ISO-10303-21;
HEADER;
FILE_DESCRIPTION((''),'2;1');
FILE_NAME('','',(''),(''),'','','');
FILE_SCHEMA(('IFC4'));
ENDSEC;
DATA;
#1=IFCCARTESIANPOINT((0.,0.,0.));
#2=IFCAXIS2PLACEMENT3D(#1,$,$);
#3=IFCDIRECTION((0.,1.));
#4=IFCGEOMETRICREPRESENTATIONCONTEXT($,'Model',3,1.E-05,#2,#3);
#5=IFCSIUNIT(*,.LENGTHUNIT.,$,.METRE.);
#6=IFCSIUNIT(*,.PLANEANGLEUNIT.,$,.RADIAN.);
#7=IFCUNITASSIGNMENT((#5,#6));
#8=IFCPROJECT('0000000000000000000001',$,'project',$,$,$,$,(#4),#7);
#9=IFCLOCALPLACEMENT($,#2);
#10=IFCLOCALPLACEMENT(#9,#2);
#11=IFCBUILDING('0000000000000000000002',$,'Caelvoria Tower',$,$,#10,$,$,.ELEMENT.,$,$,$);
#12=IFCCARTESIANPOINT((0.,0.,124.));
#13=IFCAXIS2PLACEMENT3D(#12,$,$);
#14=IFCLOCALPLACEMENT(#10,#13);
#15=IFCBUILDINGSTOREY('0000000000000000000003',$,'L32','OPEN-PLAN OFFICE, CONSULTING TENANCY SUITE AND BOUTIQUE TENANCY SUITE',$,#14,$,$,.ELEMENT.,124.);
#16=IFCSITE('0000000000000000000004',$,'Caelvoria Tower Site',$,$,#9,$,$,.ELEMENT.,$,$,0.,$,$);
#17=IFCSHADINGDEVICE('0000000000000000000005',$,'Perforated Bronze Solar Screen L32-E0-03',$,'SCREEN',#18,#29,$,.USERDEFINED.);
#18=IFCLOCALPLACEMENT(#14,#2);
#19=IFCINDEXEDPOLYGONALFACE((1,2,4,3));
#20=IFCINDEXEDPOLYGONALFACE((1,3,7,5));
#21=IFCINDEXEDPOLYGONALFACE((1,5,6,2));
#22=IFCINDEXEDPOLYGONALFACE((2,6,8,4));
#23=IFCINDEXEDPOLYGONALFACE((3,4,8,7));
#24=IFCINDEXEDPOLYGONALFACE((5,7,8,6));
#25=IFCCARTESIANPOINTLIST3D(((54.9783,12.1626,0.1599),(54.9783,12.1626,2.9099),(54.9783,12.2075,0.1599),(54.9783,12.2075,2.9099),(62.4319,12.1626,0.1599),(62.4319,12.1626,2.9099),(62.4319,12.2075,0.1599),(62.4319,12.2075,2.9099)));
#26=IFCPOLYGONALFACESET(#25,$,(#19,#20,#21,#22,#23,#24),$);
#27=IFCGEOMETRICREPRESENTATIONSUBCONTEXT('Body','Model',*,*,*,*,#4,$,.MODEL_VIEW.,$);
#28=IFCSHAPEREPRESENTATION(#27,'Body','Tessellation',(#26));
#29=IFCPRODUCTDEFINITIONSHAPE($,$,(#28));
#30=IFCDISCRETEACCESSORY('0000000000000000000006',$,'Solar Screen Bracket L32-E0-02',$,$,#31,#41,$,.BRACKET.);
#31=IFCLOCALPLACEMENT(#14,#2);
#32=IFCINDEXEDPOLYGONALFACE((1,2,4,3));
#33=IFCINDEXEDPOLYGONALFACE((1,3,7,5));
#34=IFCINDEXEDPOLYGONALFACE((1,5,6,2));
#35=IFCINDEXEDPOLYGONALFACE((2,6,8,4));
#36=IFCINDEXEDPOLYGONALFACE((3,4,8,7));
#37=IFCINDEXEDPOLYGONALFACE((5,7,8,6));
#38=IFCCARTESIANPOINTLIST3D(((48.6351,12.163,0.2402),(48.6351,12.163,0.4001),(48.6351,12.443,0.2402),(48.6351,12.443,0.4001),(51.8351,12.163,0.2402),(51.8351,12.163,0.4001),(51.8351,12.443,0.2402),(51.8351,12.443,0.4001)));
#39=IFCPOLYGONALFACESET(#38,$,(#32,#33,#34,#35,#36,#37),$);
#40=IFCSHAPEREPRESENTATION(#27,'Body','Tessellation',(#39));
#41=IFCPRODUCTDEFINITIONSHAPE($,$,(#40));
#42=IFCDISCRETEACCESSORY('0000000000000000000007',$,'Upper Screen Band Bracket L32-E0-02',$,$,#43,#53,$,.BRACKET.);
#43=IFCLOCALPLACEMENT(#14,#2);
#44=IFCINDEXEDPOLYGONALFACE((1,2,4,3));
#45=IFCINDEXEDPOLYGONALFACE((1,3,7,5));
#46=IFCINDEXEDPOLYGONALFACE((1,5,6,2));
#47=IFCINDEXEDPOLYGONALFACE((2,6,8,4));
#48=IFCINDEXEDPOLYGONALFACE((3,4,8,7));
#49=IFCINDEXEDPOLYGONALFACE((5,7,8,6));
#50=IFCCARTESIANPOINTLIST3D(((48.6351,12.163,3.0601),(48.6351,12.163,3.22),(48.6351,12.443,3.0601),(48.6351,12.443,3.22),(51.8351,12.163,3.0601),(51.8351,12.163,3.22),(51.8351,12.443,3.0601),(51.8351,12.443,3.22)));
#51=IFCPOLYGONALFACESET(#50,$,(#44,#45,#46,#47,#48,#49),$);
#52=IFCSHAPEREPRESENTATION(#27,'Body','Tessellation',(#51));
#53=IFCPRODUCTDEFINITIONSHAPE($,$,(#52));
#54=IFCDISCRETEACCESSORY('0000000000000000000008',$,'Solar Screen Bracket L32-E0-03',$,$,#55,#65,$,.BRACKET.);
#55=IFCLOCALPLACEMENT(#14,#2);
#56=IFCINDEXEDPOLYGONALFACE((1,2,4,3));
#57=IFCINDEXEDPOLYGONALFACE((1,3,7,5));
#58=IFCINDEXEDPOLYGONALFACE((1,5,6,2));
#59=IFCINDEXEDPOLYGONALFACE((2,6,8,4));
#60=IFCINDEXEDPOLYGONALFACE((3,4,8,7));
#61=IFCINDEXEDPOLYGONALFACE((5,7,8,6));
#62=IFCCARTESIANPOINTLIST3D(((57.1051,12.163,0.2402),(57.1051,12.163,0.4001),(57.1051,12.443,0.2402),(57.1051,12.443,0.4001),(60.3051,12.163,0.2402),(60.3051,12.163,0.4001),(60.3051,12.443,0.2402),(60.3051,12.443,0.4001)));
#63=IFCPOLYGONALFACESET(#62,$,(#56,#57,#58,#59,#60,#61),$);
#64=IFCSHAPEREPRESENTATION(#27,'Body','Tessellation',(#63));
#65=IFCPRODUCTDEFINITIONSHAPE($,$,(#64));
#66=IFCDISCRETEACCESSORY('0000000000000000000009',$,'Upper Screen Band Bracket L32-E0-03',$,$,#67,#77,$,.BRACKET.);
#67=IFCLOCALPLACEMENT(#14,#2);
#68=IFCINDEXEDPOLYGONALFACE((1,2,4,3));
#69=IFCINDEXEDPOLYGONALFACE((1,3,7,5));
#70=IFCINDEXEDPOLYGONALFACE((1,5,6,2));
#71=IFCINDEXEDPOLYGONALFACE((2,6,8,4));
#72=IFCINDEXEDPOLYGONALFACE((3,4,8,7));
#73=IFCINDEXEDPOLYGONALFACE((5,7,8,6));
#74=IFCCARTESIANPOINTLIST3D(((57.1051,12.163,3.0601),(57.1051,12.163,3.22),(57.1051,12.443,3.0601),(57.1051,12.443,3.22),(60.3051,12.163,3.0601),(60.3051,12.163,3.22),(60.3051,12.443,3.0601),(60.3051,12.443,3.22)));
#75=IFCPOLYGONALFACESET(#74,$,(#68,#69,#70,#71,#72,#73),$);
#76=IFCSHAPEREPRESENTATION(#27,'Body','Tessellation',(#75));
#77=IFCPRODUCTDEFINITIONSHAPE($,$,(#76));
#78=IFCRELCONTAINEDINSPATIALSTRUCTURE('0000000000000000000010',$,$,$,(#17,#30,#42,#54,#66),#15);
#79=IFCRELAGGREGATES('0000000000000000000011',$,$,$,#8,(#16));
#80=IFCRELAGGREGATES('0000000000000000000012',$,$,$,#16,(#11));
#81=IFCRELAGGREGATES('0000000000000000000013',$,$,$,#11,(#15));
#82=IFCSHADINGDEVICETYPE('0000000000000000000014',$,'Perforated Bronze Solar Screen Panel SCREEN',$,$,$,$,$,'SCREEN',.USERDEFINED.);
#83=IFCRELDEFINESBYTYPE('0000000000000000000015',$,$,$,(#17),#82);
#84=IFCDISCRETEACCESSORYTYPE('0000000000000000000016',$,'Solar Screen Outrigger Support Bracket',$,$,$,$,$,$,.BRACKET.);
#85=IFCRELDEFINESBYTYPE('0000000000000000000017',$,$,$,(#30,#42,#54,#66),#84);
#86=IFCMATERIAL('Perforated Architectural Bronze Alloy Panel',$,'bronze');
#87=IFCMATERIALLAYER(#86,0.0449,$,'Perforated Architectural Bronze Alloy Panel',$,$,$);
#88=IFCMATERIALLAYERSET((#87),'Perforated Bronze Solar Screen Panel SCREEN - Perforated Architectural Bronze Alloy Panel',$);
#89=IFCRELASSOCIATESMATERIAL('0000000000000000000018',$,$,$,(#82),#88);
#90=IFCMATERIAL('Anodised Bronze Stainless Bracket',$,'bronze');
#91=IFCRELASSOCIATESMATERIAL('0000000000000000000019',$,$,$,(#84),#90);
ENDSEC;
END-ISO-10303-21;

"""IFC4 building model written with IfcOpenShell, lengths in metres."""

from ifc_helpers import new_model, si_unit, direction, frame, origin, origin_2d, place, context, subcontext, project, spatial, rectangle, extrude, material, layer, layer_set, type_object, element, save


model = new_model("IFC4")

# Units and contexts
model_context = context("Model", 3, precision=1e-05, world=origin(), true_north=direction((0.0, 1.0)))
body_context = subcontext(model_context, "Body", "Model", "MODEL_VIEW")
ifc_project = project(units=[si_unit("LENGTHUNIT", "METRE"), si_unit("PLANEANGLEUNIT", "RADIAN")], contexts=[model_context])

# Site, building, storey
site_placement = place(None, origin())
site = spatial("IfcSite", under=ifc_project, at=site_placement, Name="Caelvoria Tower Site", CompositionType="ELEMENT", RefElevation=0.0)
building_placement = place(site_placement, origin())
building = spatial("IfcBuilding", under=site, at=building_placement, Name="Caelvoria Tower", CompositionType="ELEMENT")
storey_placement = place(building_placement, frame((0.0, 0.0, 124.0)))
storey = spatial("IfcBuildingStorey", under=building, at=storey_placement, Name="L32", Description="OPEN-PLAN OFFICE, CONSULTING TENANCY SUITE AND BOUTIQUE TENANCY SUITE", CompositionType="ELEMENT", Elevation=124.0)

# Shading device
ifc_material_1 = material(Name="Perforated Architectural Bronze Alloy Panel", Category="bronze")
ifc_layer_1 = layer(ifc_material_1, 0.0449, Name="Perforated Architectural Bronze Alloy Panel")
ifc_layer_set_1 = layer_set([ifc_layer_1], Name="Perforated Bronze Solar Screen Panel SCREEN - Perforated Architectural Bronze Alloy Panel")
shading_device_type = type_object("IfcShadingDeviceType", Name="Perforated Bronze Solar Screen Panel SCREEN", ElementType="SCREEN", PredefinedType="USERDEFINED", material=ifc_layer_set_1)
for number, where, z_axis, x_axis, name in (
    (1, (58.7051, 12.1851, 0.1599), (0.0, 0.0, 1.0), (1.0, 0.0, 0.0), "Perforated Bronze Solar Screen L32-E0-03"),
):
    element("IfcShadingDevice", number, at=place(storey_placement, frame(where, z_axis=z_axis, x_axis=x_axis)), inside=storey, type_object=shading_device_type, Name=name, ObjectType="SCREEN", PredefinedType="USERDEFINED", context=body_context, shape_type="SweptSolid", body=[
        extrude(rectangle(XDim=7.4536, YDim=0.0449, at=origin_2d()), origin(), (0.0, 0.0, 1.0), 2.75),
    ])

# Discrete accessories
ifc_material_2 = material(Name="Anodised Bronze Stainless Bracket", Category="bronze")
discrete_accessory_type = type_object("IfcDiscreteAccessoryType", Name="Solar Screen Outrigger Support Bracket", PredefinedType="BRACKET", material=ifc_material_2)
for number, where, z_axis, x_axis, name in (
    (2, (50.2351, 12.303, 0.2402), (0.0, 0.0, 1.0), (1.0, 0.0, 0.0), "Solar Screen Bracket L32-E0-02"),
    (3, (50.2351, 12.303, 3.0601), (0.0, 0.0, 1.0), (1.0, 0.0, 0.0), "Upper Screen Band Bracket L32-E0-02"),
    (4, (58.7051, 12.303, 0.2402), (0.0, 0.0, 1.0), (1.0, 0.0, 0.0), "Solar Screen Bracket L32-E0-03"),
    (5, (58.7051, 12.303, 3.0601), (0.0, 0.0, 1.0), (1.0, 0.0, 0.0), "Upper Screen Band Bracket L32-E0-03"),
):
    element("IfcDiscreteAccessory", number, at=place(storey_placement, frame(where, z_axis=z_axis, x_axis=x_axis)), inside=storey, type_object=discrete_accessory_type, Name=name, PredefinedType="BRACKET", context=body_context, shape_type="SweptSolid", body=[
        extrude(rectangle(XDim=3.2, YDim=0.28, at=origin_2d()), origin(), (0.0, 0.0, 1.0), 0.1599),
    ])

save(model, "model.ifc")
